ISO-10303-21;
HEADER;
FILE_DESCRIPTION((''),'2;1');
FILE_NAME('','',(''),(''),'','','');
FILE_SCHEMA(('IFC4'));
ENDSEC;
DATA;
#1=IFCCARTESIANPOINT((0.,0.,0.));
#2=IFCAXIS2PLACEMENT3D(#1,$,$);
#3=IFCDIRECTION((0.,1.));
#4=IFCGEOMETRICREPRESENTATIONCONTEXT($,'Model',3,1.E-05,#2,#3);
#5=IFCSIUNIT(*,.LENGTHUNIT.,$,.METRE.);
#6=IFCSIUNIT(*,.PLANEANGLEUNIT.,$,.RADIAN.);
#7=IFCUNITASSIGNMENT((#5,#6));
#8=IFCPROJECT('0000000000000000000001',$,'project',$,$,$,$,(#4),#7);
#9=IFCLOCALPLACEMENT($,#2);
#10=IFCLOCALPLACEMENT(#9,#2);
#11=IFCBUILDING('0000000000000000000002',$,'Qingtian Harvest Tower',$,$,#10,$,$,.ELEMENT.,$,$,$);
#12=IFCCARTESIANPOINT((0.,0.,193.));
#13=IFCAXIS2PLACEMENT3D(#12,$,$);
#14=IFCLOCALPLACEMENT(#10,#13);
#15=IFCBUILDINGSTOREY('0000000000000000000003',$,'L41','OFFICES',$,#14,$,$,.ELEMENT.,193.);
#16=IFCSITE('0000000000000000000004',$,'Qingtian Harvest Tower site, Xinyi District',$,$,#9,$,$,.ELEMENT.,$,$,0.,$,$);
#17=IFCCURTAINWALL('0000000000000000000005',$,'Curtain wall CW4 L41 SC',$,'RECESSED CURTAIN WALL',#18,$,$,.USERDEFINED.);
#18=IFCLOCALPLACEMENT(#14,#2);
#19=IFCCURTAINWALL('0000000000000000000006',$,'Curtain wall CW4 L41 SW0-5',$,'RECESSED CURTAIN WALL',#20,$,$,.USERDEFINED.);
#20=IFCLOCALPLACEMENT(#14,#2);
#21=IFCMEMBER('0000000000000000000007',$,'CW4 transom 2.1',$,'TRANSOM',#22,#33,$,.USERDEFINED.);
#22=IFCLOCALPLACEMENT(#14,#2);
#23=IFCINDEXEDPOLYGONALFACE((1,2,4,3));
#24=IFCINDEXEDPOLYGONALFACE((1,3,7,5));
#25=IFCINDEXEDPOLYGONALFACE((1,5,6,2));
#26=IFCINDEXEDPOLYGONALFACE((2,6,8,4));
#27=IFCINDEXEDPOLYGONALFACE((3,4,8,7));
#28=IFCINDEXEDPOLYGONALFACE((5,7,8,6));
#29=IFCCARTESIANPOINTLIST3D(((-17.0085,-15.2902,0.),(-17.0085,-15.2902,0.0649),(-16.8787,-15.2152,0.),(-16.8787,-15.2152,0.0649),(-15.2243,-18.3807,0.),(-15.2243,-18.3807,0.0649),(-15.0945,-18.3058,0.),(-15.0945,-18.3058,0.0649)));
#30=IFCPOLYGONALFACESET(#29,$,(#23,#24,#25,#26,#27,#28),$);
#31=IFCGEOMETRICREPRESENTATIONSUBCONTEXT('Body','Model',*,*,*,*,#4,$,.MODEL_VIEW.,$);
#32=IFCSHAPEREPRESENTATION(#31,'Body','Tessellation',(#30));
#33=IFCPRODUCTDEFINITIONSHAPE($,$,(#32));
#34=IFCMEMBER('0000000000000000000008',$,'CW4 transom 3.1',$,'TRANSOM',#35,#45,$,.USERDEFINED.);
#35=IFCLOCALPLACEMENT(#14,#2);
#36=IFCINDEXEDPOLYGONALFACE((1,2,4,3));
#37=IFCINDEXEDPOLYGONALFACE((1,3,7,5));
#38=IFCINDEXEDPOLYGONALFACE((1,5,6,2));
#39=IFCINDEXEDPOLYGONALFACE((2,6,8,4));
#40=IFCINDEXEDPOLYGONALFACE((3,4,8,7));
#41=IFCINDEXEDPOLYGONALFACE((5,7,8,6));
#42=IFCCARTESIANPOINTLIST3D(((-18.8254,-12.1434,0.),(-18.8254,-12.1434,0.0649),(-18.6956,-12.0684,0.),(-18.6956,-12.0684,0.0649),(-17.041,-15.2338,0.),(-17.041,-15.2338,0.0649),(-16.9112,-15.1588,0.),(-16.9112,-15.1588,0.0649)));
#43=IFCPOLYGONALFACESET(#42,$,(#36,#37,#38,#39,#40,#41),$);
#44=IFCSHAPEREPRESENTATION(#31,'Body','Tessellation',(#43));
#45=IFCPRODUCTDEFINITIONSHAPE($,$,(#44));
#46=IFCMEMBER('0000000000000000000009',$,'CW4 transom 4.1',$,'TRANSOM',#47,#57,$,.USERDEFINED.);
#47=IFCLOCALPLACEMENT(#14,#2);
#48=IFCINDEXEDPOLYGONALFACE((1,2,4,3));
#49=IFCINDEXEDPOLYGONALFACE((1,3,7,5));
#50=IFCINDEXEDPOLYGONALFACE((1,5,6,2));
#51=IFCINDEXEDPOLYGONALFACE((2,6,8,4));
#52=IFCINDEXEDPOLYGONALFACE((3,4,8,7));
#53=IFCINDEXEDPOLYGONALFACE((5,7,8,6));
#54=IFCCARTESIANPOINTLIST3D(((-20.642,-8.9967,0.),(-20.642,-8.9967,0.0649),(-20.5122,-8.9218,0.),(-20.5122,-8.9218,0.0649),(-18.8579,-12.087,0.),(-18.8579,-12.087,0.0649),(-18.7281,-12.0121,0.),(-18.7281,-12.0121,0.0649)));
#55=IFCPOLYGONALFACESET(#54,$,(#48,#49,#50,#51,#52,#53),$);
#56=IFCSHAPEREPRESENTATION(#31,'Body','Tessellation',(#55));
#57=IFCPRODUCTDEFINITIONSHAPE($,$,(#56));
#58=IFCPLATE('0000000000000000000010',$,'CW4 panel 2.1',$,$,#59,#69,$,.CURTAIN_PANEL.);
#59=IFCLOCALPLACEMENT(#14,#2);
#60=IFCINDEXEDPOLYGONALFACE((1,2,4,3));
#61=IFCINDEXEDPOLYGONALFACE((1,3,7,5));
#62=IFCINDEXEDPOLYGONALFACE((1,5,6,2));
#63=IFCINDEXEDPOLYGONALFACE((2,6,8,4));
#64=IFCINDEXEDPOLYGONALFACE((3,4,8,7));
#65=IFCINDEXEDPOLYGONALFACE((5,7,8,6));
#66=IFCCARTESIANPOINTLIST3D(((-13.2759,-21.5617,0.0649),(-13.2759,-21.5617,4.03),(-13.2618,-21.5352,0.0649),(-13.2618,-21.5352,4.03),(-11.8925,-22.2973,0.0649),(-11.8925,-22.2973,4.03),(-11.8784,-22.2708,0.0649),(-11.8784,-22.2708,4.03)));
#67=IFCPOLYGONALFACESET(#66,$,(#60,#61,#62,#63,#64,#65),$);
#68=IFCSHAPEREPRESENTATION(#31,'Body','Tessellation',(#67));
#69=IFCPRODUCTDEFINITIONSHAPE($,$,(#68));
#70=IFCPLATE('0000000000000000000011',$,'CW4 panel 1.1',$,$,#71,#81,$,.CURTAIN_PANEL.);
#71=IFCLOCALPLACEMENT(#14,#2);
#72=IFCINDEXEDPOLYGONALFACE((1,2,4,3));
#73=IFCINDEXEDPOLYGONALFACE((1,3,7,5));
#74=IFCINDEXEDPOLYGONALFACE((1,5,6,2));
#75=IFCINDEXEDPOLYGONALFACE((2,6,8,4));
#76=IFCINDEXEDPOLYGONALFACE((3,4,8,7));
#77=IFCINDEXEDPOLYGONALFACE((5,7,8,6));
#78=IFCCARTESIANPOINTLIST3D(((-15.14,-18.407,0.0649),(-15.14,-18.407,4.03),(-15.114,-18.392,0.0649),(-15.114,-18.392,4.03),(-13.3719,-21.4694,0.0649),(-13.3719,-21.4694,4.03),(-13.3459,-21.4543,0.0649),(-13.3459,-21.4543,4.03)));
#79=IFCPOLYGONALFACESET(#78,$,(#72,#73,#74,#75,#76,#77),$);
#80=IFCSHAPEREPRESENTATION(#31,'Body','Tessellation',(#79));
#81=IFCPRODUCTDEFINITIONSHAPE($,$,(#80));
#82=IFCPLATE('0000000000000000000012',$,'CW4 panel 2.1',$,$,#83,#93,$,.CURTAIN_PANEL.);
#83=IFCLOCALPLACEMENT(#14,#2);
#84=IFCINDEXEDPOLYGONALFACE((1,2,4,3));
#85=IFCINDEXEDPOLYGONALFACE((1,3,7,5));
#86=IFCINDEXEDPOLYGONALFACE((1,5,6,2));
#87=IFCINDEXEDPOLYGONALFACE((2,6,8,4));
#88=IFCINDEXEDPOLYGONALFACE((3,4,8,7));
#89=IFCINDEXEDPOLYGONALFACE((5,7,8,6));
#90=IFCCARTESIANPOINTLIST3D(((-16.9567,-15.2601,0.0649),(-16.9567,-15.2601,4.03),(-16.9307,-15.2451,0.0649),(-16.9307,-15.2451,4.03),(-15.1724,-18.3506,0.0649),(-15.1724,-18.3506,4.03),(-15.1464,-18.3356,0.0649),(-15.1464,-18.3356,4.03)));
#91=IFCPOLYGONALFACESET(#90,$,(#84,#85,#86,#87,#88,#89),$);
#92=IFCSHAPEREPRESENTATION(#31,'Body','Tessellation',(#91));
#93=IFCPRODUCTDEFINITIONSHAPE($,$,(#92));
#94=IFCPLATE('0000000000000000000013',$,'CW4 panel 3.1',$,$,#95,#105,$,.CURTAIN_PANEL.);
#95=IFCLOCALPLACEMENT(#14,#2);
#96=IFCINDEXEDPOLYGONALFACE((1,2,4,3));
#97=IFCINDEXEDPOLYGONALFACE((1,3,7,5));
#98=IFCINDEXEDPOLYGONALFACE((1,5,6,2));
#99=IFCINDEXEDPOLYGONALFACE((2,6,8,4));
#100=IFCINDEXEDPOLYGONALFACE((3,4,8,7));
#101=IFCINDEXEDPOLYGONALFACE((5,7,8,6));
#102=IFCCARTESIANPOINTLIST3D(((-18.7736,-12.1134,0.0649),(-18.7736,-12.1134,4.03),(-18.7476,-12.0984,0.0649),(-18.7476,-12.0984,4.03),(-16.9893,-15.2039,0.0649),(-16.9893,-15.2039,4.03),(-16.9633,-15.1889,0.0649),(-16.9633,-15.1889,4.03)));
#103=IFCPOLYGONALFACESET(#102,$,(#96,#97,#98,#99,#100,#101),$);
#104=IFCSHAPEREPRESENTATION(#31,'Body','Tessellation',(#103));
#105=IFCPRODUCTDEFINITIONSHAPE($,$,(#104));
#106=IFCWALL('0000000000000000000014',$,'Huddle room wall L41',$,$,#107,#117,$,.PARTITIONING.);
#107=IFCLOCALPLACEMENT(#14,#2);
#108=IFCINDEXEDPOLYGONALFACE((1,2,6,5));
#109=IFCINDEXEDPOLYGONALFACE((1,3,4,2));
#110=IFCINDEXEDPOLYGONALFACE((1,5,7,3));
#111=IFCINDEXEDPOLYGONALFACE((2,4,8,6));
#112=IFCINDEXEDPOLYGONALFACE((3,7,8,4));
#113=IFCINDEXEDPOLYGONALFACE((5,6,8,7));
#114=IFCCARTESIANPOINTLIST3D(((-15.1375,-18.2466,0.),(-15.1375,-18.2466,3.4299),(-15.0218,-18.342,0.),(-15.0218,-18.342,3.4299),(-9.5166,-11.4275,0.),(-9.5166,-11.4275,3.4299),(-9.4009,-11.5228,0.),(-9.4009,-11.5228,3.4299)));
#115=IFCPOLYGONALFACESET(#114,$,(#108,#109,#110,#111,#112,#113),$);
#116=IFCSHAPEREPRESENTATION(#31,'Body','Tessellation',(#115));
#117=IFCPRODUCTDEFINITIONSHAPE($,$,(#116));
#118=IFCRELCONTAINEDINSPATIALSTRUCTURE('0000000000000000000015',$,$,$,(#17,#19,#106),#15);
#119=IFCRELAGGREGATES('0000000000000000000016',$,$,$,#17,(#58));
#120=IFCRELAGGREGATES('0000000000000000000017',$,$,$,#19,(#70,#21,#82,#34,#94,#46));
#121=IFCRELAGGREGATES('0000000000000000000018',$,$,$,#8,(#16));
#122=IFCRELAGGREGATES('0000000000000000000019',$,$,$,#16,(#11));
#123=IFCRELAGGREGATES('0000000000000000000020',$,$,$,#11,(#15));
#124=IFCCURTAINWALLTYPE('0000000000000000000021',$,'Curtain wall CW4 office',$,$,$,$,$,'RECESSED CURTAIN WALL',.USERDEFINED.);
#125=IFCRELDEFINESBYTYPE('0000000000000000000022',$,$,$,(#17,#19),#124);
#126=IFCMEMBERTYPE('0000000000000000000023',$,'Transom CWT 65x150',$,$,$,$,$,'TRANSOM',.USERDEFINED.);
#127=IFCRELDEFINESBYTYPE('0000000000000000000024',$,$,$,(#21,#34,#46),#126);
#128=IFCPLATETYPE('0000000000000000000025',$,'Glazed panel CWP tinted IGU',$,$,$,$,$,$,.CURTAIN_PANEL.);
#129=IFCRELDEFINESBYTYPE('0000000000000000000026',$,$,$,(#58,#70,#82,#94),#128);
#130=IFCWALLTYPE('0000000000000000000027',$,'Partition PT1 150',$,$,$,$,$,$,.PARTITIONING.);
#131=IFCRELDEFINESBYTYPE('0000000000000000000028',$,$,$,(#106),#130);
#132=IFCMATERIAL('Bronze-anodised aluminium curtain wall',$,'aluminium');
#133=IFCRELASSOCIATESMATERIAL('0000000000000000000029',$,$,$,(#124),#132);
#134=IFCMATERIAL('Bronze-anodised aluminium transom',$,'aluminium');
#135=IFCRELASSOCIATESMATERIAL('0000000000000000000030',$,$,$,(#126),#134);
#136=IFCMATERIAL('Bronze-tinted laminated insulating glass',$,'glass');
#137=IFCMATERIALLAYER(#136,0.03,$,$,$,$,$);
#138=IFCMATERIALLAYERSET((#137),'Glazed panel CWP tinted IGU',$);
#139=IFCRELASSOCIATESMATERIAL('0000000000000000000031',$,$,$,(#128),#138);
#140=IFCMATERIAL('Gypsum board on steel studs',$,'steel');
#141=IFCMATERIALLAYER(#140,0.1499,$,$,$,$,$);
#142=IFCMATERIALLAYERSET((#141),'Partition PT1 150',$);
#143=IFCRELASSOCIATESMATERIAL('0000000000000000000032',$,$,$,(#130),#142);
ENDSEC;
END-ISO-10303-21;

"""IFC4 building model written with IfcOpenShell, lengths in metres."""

from ifc_helpers import new_model, si_unit, direction, frame, frame_2d, origin, origin_2d, place, context, subcontext, project, spatial, rectangle, extrude, material, layer, layer_set, material_profile, profile_set, type_object, element, aggregate, save


model = new_model("IFC4")

# Units and contexts
model_context = context("Model", 3, precision=1e-05, world=origin(), true_north=direction((0.0, 1.0)))
body_context = subcontext(model_context, "Body", "Model", "MODEL_VIEW")
ifc_project = project(units=[si_unit("LENGTHUNIT", "METRE"), si_unit("PLANEANGLEUNIT", "RADIAN")], contexts=[model_context])

# Site, building, storey
site_placement = place(None, origin())
site = spatial("IfcSite", under=ifc_project, at=site_placement, Name="Qingtian Harvest Tower site, Xinyi District", CompositionType="ELEMENT", RefElevation=0.0)
building_placement = place(site_placement, origin())
building = spatial("IfcBuilding", under=site, at=building_placement, Name="Qingtian Harvest Tower", CompositionType="ELEMENT")
storey_placement = place(building_placement, frame((0.0, 0.0, 193.0)))
storey = spatial("IfcBuildingStorey", under=building, at=storey_placement, Name="L41", Description="OFFICES", CompositionType="ELEMENT", Elevation=193.0)

# Curtain wall
ifc_material_1 = material(Name="Bronze-anodised aluminium curtain wall", Category="aluminium")
curtain_wall_type = type_object("IfcCurtainWallType", Name="Curtain wall CW4 office", ElementType="RECESSED CURTAIN WALL", PredefinedType="USERDEFINED", material=ifc_material_1)
curtain_wall_1_placement = place(storey_placement, origin())
curtain_wall_1 = element("IfcCurtainWall", 1, at=curtain_wall_1_placement, inside=storey, type_object=curtain_wall_type, Name="Curtain wall CW4 L41 SC", ObjectType="RECESSED CURTAIN WALL", PredefinedType="USERDEFINED")

# Curtain wall
curtain_wall_2_placement = place(storey_placement, origin())
curtain_wall_2 = element("IfcCurtainWall", 2, at=curtain_wall_2_placement, inside=storey, type_object=curtain_wall_type, Name="Curtain wall CW4 L41 SW0-5", ObjectType="RECESSED CURTAIN WALL", PredefinedType="USERDEFINED")

# Members
ifc_material_2 = material(Name="Bronze-anodised aluminium transom", Category="aluminium")
ifc_material_profile_1 = material_profile(ifc_material_2, rectangle(XDim=0.1499, YDim=0.0649, at=origin_2d()), Name="AL 65x150")
ifc_profile_set_1 = profile_set([ifc_material_profile_1], Name="Bronze-anodised aluminium transom")
member_type_1 = type_object("IfcMemberType", Name="Transom CWT 65x150", ElementType="TRANSOM", PredefinedType="USERDEFINED", material=ifc_profile_set_1)
member_1_placement = place(storey_placement, frame((-15.1594, -18.3433, 0.0325), z_axis=(-0.499965, 0.866045, 0.0), x_axis=(-0.866045, -0.499965, 0.0)))
member_1 = element("IfcMember", 3, at=member_1_placement, type_object=member_type_1, Name="CW4 transom 2.1", ObjectType="TRANSOM", PredefinedType="USERDEFINED", context=body_context, shape_type="SweptSolid", body=[
    extrude(rectangle(XDim=0.1499, YDim=0.0649, at=origin_2d()), origin(), (0.0, 0.0, 1.0), 3.5686),
])
member_2_placement = place(storey_placement, frame((-16.9761, -15.1963, 0.0325), z_axis=(-0.500046, 0.865999, 0.0), x_axis=(-0.865999, -0.500046, 0.0)))
member_2 = element("IfcMember", 4, at=member_2_placement, type_object=member_type_1, Name="CW4 transom 3.1", ObjectType="TRANSOM", PredefinedType="USERDEFINED", context=body_context, shape_type="SweptSolid", body=[
    extrude(rectangle(XDim=0.1499, YDim=0.0649, at=origin_2d()), origin(), (0.0, 0.0, 1.0), 3.5686),
])
member_3_placement = place(storey_placement, frame((-18.793, -12.0496, 0.0325), z_axis=(-0.499995, 0.866028, 0.0), x_axis=(-0.866028, -0.499995, 0.0)))
member_3 = element("IfcMember", 5, at=member_3_placement, type_object=member_type_1, Name="CW4 transom 4.1", ObjectType="TRANSOM", PredefinedType="USERDEFINED", context=body_context, shape_type="SweptSolid", body=[
    extrude(rectangle(XDim=0.1499, YDim=0.0649, at=origin_2d()), origin(), (0.0, 0.0, 1.0), 3.5684),
])

# Plates
ifc_material_3 = material(Name="Bronze-tinted laminated insulating glass", Category="glass")
ifc_layer_1 = layer(ifc_material_3, 0.03)
ifc_layer_set_1 = layer_set([ifc_layer_1], Name="Glazed panel CWP tinted IGU")
plate_type = type_object("IfcPlateType", Name="Glazed panel CWP tinted IGU", PredefinedType="CURTAIN_PANEL", material=ifc_layer_set_1)
plate_1_placement = place(storey_placement, frame((-12.5771, -21.9163, 0.0649), z_axis=(0.0, 0.0, 1.0), x_axis=(-0.882948, 0.469472, 0.0)))
plate_1 = element("IfcPlate", 6, at=plate_1_placement, type_object=plate_type, Name="CW4 panel 2.1", PredefinedType="CURTAIN_PANEL", context=body_context, shape_type="SweptSolid", body=[
    extrude(rectangle(XDim=1.5669, YDim=0.03, at=origin_2d()), origin(), (0.0, 0.0, 1.0), 3.9651),
])
aggregate(curtain_wall_1, [plate_1])
plate_2_placement = place(storey_placement, frame((-14.2429, -19.9307, 0.0649), z_axis=(0.0, 0.0, 1.0), x_axis=(-0.5, 0.866025, 0.0)))
plate_2 = element("IfcPlate", 7, at=plate_2_placement, type_object=plate_type, Name="CW4 panel 1.1", PredefinedType="CURTAIN_PANEL", context=body_context, shape_type="SweptSolid", body=[
    extrude(rectangle(XDim=3.5361, YDim=0.03, at=origin_2d()), origin(), (0.0, 0.0, 1.0), 3.9651),
])
plate_3_placement = place(storey_placement, frame((-16.0515, -16.7979, 0.0649), z_axis=(0.0, 0.0, 1.0), x_axis=(-0.5, 0.866025, 0.0)))
plate_3 = element("IfcPlate", 8, at=plate_3_placement, type_object=plate_type, Name="CW4 panel 2.1", PredefinedType="CURTAIN_PANEL", context=body_context, shape_type="SweptSolid", body=[
    extrude(rectangle(XDim=3.5686, YDim=0.03, at=origin_2d()), origin(), (0.0, 0.0, 1.0), 3.9651),
])
plate_4_placement = place(storey_placement, frame((-17.8684, -13.6511, 0.0649), z_axis=(0.0, 0.0, 1.0), x_axis=(-0.5, 0.866025, 0.0)))
plate_4 = element("IfcPlate", 9, at=plate_4_placement, type_object=plate_type, Name="CW4 panel 3.1", PredefinedType="CURTAIN_PANEL", context=body_context, shape_type="SweptSolid", body=[
    extrude(rectangle(XDim=3.5686, YDim=0.03, at=origin_2d()), origin(), (0.0, 0.0, 1.0), 3.9651),
])
aggregate(curtain_wall_2, [plate_2, member_1, plate_3, member_2, plate_4, member_3])

# Wall
ifc_material_4 = material(Name="Gypsum board on steel studs", Category="steel")
ifc_layer_2 = layer(ifc_material_4, 0.1499)
ifc_layer_set_2 = layer_set([ifc_layer_2], Name="Partition PT1 150")
wall_type = type_object("IfcWallType", Name="Partition PT1 150", PredefinedType="PARTITIONING", material=ifc_layer_set_2)
wall_placement = place(storey_placement, frame((-15.0796, -18.2942, 0.0), z_axis=(0.0, 0.0, 1.0), x_axis=(0.636053, 0.771645, 0.0)))
element("IfcWall", 10, at=wall_placement, inside=storey, type_object=wall_type, Name="Huddle room wall L41", PredefinedType="PARTITIONING", context=body_context, shape_type="SweptSolid", body=[
    extrude(rectangle(XDim=8.8372, YDim=0.1499, at=frame_2d((4.4185, 0.0))), origin(), (0.0, 0.0, 1.0), 3.4299),
])

save(model, "model.ifc")
